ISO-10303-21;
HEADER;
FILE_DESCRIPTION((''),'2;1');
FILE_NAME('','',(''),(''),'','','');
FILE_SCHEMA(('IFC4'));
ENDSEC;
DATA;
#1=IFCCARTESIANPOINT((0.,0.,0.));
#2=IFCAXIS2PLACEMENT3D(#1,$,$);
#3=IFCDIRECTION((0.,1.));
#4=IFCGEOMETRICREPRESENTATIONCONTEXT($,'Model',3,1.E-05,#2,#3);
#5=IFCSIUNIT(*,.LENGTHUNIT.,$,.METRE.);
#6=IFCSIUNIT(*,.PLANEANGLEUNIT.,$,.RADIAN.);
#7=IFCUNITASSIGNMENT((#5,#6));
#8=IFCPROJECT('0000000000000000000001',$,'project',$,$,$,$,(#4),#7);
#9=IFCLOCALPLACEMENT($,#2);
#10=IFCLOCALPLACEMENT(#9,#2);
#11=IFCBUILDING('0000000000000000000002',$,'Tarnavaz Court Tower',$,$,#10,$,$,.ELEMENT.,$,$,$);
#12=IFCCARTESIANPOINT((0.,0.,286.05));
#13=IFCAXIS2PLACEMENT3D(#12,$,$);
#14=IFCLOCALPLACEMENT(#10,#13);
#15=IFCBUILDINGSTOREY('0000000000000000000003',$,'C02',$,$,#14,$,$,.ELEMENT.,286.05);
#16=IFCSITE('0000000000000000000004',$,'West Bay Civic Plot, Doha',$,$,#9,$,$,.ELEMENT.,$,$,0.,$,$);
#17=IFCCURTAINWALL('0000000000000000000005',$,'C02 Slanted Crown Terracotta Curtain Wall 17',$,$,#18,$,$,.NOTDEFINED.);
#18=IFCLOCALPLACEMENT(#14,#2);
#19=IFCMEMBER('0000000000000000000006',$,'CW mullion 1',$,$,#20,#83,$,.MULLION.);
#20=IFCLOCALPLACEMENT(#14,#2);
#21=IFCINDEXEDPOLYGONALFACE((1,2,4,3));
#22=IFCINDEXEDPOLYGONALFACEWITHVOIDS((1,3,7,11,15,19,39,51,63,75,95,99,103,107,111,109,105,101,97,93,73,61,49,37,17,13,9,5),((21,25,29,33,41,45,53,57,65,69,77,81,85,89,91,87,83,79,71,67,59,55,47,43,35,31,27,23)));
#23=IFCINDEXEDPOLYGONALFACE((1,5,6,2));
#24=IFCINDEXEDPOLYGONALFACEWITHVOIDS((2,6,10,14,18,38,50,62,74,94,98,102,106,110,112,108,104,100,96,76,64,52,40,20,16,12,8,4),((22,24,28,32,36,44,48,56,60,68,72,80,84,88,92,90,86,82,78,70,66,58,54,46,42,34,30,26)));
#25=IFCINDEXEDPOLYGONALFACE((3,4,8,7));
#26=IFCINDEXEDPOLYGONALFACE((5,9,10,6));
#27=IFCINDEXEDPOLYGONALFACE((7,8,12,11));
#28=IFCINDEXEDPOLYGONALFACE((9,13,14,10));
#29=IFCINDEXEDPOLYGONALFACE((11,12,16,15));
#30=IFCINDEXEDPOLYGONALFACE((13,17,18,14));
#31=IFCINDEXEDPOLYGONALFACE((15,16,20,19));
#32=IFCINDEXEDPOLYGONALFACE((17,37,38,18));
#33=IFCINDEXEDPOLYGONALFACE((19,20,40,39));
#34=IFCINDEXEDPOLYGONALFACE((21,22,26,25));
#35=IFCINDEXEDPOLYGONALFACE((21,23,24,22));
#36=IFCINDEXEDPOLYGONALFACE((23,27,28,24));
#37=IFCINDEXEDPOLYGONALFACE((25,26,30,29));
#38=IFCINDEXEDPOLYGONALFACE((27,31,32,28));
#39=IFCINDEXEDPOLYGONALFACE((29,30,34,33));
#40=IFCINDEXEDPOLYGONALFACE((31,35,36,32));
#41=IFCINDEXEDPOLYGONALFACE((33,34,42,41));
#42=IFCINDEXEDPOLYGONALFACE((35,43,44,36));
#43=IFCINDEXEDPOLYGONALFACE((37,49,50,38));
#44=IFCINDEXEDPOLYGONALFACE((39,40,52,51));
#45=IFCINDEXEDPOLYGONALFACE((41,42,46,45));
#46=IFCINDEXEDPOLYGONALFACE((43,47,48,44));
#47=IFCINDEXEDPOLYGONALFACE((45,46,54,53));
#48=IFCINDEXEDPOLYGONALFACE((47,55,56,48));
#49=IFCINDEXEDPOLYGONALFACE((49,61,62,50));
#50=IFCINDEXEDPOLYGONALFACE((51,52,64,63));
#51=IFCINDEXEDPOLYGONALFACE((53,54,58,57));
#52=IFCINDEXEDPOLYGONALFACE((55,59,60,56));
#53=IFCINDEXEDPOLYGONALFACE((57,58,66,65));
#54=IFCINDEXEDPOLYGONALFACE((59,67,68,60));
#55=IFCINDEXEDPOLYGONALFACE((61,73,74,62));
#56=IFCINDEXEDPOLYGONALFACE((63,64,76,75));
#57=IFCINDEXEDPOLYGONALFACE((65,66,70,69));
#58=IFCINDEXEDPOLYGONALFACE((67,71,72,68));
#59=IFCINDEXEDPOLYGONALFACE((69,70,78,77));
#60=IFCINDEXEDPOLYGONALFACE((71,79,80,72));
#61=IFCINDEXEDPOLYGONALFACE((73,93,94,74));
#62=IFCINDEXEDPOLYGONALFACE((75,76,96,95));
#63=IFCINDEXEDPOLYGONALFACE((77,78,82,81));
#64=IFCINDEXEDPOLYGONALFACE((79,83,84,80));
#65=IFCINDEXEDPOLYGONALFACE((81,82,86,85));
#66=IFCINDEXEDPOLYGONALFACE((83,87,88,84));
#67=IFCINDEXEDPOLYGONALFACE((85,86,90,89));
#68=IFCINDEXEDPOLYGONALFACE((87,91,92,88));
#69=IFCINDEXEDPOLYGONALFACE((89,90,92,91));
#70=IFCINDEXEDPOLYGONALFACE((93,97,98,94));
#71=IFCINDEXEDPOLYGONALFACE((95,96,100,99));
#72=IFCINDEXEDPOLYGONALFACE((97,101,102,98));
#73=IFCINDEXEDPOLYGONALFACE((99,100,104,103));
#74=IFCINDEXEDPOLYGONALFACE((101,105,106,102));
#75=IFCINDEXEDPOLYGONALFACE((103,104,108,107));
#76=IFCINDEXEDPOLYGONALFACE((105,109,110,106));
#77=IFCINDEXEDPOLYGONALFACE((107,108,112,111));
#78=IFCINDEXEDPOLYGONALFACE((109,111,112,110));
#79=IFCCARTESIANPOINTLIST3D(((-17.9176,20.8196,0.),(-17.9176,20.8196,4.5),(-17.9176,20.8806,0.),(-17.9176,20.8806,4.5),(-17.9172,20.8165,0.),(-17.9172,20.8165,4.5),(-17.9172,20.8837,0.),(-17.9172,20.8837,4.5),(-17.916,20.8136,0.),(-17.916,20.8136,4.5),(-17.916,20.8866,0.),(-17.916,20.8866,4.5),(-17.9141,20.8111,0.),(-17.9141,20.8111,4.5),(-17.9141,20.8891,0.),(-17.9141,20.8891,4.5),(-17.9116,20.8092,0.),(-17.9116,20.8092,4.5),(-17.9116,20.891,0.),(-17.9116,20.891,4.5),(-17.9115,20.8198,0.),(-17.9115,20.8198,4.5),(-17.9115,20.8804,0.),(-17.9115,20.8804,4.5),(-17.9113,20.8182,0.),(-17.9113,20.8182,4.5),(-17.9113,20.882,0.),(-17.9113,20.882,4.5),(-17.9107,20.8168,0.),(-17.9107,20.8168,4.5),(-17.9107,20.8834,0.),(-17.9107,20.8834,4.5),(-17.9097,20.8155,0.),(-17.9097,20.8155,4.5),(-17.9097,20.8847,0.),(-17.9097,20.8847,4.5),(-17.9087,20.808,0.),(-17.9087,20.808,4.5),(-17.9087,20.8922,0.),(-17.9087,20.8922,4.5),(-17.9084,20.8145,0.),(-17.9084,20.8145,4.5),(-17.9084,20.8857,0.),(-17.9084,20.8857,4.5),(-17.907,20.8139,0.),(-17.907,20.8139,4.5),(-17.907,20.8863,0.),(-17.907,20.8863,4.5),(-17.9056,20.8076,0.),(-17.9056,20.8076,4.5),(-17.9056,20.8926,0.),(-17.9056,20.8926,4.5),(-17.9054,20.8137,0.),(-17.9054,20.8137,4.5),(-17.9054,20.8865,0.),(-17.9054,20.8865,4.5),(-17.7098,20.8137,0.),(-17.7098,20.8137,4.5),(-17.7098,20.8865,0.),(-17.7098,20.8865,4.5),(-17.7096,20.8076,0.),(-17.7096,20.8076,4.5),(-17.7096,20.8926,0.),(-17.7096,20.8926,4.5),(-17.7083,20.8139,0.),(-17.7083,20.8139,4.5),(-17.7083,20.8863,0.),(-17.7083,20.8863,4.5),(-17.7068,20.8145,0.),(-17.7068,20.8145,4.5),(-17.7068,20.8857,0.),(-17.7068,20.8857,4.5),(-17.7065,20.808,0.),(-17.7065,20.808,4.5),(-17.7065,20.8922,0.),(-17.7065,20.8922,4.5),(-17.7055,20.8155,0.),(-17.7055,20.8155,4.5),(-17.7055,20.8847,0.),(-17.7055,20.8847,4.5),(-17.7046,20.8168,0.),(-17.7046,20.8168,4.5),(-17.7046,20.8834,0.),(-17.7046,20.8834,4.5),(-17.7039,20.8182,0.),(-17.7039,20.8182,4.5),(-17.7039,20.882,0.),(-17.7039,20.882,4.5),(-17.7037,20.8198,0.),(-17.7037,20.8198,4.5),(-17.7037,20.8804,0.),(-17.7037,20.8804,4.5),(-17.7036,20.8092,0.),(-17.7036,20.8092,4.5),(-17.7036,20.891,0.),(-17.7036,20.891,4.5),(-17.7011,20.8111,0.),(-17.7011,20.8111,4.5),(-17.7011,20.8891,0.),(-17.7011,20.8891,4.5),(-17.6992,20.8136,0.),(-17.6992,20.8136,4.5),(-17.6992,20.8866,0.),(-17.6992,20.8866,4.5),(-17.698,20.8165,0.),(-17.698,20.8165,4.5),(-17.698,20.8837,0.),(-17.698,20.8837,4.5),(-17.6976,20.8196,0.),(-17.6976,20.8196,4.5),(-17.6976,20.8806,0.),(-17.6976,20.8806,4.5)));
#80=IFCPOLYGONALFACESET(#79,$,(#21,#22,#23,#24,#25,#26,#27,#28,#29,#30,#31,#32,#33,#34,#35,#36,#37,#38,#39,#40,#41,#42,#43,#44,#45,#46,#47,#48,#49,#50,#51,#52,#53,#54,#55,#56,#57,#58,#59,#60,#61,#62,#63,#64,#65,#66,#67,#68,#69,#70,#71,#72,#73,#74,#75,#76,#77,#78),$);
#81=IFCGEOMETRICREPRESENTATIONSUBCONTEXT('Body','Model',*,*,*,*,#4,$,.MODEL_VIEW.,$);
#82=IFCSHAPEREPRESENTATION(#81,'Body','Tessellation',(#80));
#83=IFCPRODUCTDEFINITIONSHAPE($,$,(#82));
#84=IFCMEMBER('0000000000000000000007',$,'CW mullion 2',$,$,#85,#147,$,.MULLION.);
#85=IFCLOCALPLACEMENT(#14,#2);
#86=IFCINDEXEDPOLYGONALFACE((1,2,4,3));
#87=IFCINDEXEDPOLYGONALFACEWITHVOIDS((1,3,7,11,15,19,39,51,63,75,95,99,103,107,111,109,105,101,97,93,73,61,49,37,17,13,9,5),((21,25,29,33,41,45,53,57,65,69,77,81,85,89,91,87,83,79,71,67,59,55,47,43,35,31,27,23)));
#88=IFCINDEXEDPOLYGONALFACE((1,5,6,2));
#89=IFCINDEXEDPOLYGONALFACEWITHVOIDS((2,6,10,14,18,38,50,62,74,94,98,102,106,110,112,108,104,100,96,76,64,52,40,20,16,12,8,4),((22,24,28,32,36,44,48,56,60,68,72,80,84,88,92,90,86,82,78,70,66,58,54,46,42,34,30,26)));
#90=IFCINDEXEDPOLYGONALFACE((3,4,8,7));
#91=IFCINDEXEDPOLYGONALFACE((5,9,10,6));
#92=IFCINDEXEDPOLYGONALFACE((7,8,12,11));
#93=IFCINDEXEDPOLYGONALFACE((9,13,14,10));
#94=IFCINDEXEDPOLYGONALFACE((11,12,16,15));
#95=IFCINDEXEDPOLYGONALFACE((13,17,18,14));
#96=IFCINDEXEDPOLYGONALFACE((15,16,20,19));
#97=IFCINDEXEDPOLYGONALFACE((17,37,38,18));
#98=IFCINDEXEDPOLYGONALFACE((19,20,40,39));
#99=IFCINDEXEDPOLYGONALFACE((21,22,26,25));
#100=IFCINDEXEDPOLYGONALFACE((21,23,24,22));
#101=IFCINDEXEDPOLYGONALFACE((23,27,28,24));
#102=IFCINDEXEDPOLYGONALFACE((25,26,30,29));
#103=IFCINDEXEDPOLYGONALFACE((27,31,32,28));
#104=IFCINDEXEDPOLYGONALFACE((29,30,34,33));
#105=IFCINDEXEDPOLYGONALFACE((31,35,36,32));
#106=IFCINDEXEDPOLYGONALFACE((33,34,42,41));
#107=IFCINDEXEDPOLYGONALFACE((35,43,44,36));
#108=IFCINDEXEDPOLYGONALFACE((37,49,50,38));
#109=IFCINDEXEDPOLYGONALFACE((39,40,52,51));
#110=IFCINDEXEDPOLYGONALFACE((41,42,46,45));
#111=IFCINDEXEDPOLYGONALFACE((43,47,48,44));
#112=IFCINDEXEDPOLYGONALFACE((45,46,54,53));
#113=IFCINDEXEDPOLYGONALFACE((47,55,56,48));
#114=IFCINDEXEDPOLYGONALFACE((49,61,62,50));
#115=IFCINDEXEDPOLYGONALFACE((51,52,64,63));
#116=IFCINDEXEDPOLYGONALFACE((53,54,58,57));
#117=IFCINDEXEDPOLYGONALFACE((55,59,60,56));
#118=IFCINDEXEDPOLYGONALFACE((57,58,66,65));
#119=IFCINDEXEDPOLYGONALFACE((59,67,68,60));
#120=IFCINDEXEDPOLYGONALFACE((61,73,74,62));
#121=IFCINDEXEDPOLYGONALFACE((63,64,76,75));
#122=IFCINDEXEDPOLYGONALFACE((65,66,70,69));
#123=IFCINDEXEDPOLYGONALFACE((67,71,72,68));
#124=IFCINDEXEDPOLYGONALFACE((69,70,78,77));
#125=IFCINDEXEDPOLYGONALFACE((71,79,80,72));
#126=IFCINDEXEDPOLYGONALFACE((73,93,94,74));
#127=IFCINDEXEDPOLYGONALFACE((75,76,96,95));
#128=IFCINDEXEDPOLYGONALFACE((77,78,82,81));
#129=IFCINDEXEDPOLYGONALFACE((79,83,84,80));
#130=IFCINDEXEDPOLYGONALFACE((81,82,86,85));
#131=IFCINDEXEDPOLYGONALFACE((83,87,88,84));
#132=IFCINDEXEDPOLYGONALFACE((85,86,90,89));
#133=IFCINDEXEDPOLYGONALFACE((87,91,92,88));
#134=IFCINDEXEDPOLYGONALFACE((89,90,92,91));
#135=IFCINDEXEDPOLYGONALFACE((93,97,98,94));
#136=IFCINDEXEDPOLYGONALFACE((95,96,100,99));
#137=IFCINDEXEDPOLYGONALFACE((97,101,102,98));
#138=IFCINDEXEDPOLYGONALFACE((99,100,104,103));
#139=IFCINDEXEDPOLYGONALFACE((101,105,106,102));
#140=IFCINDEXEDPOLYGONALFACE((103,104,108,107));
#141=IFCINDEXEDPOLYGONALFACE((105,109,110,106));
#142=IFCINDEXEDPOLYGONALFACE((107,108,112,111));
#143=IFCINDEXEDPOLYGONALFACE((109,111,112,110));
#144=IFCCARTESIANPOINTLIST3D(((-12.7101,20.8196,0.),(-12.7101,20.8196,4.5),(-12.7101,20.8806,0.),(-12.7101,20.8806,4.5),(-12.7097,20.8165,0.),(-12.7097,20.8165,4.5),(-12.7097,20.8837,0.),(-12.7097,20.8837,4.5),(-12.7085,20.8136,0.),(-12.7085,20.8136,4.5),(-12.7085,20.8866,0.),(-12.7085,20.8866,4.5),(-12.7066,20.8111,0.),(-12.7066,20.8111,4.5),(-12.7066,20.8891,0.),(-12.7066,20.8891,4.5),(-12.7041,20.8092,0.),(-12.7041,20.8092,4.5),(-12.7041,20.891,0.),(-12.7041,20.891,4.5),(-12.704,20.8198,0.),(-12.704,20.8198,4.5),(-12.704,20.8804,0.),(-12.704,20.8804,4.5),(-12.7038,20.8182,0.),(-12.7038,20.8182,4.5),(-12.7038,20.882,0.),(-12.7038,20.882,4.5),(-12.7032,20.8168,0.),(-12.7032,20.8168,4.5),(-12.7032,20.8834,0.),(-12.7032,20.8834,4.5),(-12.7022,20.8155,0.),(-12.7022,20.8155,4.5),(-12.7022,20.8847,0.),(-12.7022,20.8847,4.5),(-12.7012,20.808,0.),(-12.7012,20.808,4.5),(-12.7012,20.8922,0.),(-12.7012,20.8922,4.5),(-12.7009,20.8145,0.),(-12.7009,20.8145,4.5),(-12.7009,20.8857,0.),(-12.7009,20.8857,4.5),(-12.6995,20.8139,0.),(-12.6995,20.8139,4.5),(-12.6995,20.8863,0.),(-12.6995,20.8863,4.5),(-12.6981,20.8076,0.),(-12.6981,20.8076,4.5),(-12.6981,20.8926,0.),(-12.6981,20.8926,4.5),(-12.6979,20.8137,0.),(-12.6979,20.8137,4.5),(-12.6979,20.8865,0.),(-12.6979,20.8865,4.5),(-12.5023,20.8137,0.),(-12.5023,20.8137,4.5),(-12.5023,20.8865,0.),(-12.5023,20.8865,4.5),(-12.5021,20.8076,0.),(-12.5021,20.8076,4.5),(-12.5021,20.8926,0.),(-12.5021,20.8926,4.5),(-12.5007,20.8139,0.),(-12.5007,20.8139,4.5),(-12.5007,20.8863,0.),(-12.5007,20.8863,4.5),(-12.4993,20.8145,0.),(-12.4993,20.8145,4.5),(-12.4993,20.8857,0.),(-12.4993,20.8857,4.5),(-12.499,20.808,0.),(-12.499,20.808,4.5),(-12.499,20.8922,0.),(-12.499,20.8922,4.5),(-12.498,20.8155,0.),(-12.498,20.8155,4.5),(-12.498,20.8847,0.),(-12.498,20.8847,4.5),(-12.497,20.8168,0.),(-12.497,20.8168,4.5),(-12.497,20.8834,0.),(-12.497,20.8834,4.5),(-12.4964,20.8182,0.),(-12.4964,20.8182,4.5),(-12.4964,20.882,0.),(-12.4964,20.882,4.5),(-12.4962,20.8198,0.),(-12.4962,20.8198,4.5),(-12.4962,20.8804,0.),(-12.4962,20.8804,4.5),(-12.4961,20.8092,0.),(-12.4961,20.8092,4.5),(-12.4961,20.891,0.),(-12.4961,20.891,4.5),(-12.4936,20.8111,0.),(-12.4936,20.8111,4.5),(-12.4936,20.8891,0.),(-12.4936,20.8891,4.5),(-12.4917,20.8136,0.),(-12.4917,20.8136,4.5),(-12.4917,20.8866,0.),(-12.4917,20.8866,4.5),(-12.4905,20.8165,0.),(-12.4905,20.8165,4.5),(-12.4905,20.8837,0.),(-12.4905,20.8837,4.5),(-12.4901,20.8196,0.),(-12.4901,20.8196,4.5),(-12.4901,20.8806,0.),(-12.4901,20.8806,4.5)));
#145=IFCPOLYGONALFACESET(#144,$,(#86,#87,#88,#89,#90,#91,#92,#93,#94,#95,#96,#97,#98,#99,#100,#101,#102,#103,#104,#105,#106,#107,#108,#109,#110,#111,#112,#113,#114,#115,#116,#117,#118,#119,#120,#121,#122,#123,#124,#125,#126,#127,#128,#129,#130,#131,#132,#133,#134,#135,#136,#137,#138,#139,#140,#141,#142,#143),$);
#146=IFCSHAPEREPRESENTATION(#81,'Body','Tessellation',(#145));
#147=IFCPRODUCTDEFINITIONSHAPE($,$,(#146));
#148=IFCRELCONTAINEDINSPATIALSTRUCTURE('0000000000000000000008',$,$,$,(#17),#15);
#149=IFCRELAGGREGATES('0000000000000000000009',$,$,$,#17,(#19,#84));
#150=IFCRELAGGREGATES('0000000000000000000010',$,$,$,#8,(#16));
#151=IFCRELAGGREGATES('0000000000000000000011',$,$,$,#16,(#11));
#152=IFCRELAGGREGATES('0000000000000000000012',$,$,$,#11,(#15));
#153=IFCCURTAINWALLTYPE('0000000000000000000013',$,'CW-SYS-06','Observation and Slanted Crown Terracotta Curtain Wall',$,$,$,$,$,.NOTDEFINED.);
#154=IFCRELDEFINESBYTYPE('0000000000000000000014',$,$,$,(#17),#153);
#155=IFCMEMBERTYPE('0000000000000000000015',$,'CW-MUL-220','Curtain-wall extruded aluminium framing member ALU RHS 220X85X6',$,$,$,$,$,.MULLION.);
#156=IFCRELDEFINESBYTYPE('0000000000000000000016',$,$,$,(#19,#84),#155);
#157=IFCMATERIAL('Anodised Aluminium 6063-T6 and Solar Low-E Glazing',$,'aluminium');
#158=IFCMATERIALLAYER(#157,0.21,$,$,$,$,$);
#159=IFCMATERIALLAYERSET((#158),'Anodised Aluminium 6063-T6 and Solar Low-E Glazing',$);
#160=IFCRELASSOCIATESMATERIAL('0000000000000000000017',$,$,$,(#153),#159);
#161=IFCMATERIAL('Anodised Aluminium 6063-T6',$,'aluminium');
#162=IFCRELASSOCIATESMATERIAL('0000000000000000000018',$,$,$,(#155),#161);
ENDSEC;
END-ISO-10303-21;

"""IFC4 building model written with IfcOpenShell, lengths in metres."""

from ifc_helpers import new_model, si_unit, direction, frame, origin, origin_2d, place, context, subcontext, project, spatial, hollow_rectangle, extrude, material, layer, layer_set, material_profile, profile_set, type_object, element, aggregate, save


model = new_model("IFC4")

# Units and contexts
model_context = context("Model", 3, precision=1e-05, world=origin(), true_north=direction((0.0, 1.0)))
body_context = subcontext(model_context, "Body", "Model", "MODEL_VIEW")
ifc_project = project(units=[si_unit("LENGTHUNIT", "METRE"), si_unit("PLANEANGLEUNIT", "RADIAN")], contexts=[model_context])

# Site, building, storey
site_placement = place(None, origin())
site = spatial("IfcSite", under=ifc_project, at=site_placement, Name="West Bay Civic Plot, Doha", CompositionType="ELEMENT", RefElevation=0.0)
building_placement = place(site_placement, origin())
building = spatial("IfcBuilding", under=site, at=building_placement, Name="Tarnavaz Court Tower", CompositionType="ELEMENT")
storey_placement = place(building_placement, frame((0.0, 0.0, 286.05)))
storey = spatial("IfcBuildingStorey", under=building, at=storey_placement, Name="C02", CompositionType="ELEMENT", Elevation=286.05)

# Curtain wall, members
ifc_material_1 = material(Name="Anodised Aluminium 6063-T6 and Solar Low-E Glazing", Category="aluminium")
ifc_layer_1 = layer(ifc_material_1, 0.21)
ifc_layer_set_1 = layer_set([ifc_layer_1], Name="Anodised Aluminium 6063-T6 and Solar Low-E Glazing")
curtain_wall_type = type_object("IfcCurtainWallType", Name="CW-SYS-06", Description="Observation and Slanted Crown Terracotta Curtain Wall", PredefinedType="NOTDEFINED", material=ifc_layer_set_1)
ifc_material_2 = material(Name="Anodised Aluminium 6063-T6", Category="aluminium")
ifc_material_profile_1 = material_profile(ifc_material_2, hollow_rectangle(XDim=0.085, YDim=0.22, WallThickness=0.0061, InnerFilletRadius=0.0061, OuterFilletRadius=0.012, at=origin_2d()), Name="ALU RHS 220X85X6")
ifc_profile_set_1 = profile_set([ifc_material_profile_1], Name="Anodised Aluminium 6063-T6")
member_type_1 = type_object("IfcMemberType", Name="CW-MUL-220", Description="Curtain-wall extruded aluminium framing member ALU RHS 220X85X6", PredefinedType="MULLION", material=ifc_profile_set_1)
curtain_wall_1_placement = place(storey_placement, origin())
curtain_wall_1 = element("IfcCurtainWall", 1, at=curtain_wall_1_placement, inside=storey, type_object=curtain_wall_type, Name="C02 Slanted Crown Terracotta Curtain Wall 17", PredefinedType="NOTDEFINED")
member_1_placement = place(storey_placement, frame((-17.8076, 20.8501, 0.0), z_axis=(0.0, 0.0, 1.0), x_axis=(0.0, 1.0, 0.0)))
member_1 = element("IfcMember", 2, at=member_1_placement, type_object=member_type_1, Name="CW mullion 1", PredefinedType="MULLION", context=body_context, shape_type="SweptSolid", body=[
    extrude(hollow_rectangle(XDim=0.085, YDim=0.22, WallThickness=0.0061, InnerFilletRadius=0.0061, OuterFilletRadius=0.012, at=origin_2d()), origin(), (0.0, 0.0, 1.0), 4.5),
])
member_2_placement = place(storey_placement, frame((-12.6001, 20.8501, 0.0), z_axis=(0.0, 0.0, 1.0), x_axis=(0.0, 1.0, 0.0)))
member_2 = element("IfcMember", 3, at=member_2_placement, type_object=member_type_1, Name="CW mullion 2", PredefinedType="MULLION", context=body_context, shape_type="SweptSolid", body=[
    extrude(hollow_rectangle(XDim=0.085, YDim=0.22, WallThickness=0.0061, InnerFilletRadius=0.0061, OuterFilletRadius=0.012, at=origin_2d()), origin(), (0.0, 0.0, 1.0), 4.5),
])

aggregate(curtain_wall_1, [member_1, member_2])

save(model, "model.ifc")
